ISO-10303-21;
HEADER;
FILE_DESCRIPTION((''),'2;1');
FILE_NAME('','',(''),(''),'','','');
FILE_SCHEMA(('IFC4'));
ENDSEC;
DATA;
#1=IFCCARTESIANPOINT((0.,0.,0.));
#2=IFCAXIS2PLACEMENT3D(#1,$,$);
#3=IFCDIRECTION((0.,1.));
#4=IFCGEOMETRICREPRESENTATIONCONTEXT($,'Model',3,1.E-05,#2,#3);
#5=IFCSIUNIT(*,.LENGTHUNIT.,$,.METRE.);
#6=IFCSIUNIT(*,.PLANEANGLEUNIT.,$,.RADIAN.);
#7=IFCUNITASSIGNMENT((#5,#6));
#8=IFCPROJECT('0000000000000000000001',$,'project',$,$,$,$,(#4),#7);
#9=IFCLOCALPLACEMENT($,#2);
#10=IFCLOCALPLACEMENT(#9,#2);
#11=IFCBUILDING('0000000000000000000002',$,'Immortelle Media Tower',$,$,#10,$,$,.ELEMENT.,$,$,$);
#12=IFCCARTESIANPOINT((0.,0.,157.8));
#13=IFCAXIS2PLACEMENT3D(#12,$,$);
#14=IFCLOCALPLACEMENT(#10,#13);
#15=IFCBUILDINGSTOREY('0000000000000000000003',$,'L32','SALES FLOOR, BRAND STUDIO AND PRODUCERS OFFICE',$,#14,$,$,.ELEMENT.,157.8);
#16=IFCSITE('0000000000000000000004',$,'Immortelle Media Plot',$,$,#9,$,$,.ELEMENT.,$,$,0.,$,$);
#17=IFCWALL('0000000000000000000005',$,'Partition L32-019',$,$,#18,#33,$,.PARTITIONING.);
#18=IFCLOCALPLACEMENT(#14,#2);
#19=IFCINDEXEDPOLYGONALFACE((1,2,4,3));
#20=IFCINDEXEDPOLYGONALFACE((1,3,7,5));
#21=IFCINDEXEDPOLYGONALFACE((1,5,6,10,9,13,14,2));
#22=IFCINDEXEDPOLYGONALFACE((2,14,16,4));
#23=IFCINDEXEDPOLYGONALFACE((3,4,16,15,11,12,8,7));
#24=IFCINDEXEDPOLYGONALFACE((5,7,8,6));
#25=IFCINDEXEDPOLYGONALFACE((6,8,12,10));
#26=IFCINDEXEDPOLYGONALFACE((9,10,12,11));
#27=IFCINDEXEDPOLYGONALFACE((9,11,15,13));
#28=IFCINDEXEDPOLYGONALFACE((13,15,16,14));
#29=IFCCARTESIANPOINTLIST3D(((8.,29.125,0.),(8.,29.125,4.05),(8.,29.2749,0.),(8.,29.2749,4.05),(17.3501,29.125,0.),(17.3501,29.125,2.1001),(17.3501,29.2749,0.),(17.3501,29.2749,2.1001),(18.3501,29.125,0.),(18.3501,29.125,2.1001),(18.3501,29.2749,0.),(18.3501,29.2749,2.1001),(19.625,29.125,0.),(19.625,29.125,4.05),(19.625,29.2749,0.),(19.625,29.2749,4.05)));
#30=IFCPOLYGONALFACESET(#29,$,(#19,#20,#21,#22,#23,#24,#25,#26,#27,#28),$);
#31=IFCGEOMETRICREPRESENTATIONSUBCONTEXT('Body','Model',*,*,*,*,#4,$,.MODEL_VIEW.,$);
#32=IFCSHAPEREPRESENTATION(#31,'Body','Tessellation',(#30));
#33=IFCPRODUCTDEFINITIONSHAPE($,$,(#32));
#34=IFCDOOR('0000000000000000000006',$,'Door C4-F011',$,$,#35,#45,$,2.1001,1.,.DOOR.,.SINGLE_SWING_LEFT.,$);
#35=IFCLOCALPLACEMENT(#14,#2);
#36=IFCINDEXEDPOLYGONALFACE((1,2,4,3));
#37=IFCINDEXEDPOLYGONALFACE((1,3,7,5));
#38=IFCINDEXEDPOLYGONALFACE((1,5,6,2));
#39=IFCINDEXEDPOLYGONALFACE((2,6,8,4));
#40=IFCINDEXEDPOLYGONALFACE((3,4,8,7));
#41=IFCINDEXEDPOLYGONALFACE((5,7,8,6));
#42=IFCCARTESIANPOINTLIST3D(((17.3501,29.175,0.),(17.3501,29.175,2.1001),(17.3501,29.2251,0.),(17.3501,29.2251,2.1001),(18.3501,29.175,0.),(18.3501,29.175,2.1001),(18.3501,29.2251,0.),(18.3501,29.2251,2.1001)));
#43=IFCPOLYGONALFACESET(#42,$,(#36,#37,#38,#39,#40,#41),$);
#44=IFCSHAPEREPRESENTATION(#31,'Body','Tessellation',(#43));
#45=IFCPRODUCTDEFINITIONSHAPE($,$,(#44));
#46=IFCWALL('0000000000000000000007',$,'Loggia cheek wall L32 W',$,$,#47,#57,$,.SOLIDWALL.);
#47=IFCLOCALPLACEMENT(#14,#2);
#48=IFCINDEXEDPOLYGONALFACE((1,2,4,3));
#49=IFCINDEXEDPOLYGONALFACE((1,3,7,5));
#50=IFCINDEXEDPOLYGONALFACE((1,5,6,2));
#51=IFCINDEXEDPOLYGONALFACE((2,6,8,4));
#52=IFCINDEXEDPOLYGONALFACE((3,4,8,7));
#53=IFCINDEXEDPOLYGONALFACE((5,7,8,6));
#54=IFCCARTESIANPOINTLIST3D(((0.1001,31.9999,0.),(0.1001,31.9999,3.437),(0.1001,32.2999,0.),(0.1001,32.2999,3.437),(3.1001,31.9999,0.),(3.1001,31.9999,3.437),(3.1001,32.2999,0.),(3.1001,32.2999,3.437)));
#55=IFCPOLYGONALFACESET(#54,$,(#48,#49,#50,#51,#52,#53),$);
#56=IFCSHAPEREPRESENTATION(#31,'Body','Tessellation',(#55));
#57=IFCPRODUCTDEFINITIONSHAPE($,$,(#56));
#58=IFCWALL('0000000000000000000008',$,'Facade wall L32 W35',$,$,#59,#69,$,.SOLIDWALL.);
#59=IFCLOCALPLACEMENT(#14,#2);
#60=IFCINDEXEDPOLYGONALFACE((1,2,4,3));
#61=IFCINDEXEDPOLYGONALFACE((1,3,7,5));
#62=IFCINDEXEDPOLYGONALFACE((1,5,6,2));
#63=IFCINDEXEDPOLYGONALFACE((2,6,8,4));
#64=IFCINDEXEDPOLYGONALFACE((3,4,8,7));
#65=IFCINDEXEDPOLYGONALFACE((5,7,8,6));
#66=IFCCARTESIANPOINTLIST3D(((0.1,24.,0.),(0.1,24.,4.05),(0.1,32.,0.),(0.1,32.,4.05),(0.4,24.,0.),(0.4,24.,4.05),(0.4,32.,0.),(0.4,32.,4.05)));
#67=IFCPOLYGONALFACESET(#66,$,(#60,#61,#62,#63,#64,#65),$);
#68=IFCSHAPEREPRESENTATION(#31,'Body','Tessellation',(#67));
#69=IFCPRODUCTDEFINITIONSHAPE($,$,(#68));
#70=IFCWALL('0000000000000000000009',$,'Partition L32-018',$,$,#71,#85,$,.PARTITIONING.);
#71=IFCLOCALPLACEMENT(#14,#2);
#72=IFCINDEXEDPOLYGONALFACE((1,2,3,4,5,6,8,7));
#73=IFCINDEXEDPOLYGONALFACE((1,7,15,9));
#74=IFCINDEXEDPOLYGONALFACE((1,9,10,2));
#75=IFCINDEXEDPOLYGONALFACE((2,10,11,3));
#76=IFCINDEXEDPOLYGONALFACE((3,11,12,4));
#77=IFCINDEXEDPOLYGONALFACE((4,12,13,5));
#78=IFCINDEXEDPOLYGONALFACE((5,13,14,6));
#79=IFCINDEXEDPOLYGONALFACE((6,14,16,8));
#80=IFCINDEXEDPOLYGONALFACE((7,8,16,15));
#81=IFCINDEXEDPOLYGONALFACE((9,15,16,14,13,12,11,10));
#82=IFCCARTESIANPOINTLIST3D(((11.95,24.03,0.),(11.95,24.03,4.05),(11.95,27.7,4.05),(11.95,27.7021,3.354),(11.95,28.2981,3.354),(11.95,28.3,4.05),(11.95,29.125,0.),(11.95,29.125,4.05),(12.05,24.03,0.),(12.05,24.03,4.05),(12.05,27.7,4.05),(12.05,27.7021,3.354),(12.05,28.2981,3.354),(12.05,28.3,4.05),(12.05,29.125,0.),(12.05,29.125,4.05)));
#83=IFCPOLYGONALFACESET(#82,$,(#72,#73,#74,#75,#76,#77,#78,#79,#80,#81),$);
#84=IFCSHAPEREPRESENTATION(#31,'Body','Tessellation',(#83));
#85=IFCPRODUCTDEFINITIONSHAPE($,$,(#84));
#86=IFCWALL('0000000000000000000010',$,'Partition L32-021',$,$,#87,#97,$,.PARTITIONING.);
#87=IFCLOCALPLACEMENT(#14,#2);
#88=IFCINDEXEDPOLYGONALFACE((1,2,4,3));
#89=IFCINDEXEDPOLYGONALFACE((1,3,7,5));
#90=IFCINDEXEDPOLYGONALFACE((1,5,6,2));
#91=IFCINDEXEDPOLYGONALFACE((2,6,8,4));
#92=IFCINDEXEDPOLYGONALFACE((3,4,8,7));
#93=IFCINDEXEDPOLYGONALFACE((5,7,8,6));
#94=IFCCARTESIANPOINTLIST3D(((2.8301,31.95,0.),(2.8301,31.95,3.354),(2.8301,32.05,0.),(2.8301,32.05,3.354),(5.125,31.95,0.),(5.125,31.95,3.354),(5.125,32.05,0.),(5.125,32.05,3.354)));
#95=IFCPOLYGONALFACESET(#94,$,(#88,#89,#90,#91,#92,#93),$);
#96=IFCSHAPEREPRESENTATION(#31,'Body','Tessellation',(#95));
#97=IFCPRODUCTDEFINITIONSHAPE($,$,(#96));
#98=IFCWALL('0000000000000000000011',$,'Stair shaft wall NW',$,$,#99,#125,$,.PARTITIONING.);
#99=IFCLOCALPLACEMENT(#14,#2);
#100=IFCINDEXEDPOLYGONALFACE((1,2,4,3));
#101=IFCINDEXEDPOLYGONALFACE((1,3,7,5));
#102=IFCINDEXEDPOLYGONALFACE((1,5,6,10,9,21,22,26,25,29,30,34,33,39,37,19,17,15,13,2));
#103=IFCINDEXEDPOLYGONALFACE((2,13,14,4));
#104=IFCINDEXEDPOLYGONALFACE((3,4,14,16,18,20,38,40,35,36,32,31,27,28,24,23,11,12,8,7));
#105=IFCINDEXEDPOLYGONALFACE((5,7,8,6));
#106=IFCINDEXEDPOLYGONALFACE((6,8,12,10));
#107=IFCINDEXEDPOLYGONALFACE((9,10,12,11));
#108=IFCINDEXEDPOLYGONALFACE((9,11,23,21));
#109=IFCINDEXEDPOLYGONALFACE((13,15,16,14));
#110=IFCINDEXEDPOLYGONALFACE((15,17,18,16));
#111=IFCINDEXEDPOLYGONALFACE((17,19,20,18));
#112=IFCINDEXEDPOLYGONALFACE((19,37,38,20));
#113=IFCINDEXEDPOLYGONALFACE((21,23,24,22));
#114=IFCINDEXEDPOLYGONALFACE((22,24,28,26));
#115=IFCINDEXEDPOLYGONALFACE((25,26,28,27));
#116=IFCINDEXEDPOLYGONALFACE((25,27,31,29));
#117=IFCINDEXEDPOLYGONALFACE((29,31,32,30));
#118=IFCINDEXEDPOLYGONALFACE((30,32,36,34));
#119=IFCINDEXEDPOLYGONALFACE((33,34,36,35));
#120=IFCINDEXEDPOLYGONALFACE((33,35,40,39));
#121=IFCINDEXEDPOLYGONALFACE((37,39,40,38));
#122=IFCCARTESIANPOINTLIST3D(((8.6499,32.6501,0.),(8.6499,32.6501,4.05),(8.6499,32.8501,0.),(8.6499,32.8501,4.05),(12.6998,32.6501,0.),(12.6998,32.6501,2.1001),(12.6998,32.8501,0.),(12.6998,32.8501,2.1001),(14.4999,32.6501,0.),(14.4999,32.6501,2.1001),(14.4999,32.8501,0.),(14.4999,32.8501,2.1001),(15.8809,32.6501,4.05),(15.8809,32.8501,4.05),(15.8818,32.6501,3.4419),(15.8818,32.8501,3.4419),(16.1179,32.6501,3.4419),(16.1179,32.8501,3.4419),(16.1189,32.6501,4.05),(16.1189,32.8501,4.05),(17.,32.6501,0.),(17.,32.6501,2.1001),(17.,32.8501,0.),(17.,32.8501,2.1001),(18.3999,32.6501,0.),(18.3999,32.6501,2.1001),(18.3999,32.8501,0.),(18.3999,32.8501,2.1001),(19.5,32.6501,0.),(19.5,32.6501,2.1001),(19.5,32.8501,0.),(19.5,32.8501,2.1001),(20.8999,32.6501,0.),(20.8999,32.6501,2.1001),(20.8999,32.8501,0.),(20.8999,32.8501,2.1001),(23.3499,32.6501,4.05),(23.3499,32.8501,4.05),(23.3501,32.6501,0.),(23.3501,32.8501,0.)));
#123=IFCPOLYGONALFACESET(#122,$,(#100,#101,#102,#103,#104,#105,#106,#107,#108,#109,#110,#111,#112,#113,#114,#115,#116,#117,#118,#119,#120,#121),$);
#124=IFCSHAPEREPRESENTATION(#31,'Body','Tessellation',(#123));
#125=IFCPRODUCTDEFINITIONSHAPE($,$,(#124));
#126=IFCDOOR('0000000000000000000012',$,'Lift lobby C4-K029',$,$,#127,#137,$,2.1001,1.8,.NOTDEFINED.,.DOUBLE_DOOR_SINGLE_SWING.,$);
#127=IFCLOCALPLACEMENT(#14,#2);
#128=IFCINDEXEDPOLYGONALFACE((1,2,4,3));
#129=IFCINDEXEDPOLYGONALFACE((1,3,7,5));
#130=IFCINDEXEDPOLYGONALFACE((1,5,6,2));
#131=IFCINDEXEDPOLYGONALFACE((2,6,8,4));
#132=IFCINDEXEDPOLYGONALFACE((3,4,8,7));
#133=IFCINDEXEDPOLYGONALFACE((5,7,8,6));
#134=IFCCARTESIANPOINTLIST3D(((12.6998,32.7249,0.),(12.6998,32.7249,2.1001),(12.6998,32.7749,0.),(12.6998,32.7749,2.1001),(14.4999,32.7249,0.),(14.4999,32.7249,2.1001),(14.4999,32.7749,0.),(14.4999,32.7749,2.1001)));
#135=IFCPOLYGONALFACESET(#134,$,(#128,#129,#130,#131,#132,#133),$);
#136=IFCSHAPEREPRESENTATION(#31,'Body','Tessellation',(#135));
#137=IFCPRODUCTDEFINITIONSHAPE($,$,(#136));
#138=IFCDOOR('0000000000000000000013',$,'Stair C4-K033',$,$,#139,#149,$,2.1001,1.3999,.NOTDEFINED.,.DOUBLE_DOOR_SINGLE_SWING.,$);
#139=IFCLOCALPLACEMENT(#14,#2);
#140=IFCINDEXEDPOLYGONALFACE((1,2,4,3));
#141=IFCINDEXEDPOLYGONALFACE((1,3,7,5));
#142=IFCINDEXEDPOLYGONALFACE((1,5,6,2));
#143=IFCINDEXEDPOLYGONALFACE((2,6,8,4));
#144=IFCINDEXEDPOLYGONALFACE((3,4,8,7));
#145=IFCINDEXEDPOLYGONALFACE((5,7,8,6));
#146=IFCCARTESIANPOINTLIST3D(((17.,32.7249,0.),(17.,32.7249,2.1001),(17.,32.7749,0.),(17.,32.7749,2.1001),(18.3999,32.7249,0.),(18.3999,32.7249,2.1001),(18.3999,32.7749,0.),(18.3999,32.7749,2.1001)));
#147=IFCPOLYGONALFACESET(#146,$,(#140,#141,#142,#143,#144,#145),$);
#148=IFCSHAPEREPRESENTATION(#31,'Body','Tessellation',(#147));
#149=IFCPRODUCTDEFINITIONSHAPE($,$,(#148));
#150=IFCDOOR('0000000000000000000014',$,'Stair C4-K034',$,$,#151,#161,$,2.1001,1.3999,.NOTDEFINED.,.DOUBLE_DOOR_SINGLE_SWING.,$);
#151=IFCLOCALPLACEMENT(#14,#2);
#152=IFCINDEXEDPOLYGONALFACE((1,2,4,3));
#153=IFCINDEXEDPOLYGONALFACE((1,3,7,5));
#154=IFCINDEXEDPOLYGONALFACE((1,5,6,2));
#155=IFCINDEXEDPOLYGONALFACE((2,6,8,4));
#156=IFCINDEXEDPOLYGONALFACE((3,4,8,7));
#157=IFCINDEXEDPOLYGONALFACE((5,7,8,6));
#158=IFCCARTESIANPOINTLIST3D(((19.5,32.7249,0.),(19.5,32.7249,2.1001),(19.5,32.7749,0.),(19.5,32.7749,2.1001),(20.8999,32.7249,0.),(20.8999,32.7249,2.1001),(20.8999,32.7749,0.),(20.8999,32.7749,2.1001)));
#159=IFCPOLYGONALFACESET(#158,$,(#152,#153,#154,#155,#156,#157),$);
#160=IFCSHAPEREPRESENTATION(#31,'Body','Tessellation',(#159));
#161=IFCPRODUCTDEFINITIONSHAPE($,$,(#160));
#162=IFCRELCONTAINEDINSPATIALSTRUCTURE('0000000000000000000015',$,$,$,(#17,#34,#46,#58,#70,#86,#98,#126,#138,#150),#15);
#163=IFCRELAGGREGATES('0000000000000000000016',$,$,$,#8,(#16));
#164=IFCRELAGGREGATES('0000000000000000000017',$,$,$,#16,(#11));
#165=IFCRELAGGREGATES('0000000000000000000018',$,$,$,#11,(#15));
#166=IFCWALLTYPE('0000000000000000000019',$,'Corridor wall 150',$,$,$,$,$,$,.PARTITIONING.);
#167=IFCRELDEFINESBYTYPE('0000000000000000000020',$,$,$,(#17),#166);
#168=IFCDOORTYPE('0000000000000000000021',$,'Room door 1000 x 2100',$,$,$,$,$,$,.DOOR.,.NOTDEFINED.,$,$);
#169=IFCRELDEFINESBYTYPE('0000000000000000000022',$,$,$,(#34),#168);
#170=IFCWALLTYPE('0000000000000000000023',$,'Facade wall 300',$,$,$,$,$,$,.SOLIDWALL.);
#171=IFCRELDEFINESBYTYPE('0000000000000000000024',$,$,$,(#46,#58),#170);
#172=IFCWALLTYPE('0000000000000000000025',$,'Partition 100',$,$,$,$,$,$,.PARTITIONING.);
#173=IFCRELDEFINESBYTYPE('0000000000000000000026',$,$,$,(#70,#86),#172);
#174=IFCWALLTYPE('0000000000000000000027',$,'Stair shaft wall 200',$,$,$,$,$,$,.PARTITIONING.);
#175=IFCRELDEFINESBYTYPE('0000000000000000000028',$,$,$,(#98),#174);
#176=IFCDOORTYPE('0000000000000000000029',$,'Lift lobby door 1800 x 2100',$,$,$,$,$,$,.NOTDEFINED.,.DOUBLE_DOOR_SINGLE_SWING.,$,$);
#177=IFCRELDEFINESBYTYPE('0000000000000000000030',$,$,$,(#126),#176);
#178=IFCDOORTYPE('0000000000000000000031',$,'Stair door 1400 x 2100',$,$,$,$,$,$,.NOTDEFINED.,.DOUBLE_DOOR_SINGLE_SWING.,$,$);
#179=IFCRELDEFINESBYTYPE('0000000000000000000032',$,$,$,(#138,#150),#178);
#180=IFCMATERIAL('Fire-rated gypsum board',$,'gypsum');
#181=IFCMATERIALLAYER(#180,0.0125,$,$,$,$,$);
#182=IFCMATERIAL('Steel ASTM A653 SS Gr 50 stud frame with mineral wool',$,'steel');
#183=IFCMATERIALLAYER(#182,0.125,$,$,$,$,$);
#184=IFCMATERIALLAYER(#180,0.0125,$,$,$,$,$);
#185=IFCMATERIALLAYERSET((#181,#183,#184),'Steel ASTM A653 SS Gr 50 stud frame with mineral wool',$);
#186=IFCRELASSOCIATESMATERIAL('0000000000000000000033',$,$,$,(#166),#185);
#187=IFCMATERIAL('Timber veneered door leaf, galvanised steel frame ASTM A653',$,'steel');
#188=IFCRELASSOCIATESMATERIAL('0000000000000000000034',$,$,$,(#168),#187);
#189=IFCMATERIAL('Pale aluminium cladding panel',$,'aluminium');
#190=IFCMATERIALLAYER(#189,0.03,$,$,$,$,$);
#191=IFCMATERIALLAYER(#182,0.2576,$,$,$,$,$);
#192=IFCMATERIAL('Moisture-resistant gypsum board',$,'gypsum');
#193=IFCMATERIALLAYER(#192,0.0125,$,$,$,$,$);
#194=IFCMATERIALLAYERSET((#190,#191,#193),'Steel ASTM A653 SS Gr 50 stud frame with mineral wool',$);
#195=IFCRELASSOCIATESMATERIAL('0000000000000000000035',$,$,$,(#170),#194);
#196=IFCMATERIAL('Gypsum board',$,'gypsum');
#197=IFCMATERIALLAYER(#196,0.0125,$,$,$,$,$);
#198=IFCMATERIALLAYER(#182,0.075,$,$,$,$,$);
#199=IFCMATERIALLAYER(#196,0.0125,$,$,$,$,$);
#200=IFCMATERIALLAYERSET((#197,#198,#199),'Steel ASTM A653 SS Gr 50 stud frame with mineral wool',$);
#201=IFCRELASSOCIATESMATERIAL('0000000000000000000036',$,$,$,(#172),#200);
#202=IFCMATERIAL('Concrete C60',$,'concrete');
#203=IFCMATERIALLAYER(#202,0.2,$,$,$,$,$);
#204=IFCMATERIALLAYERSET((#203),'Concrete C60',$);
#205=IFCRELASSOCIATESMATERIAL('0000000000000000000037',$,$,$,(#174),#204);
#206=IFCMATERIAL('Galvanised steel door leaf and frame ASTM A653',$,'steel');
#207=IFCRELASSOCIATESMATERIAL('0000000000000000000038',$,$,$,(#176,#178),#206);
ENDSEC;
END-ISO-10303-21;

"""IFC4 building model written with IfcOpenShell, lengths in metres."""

from ifc_helpers import new_model, si_unit, direction, frame, frame_2d, origin, place, context, subcontext, project, spatial, polyline, rectangle, outline, extrude, material, layer, layer_set, type_object, element, fill, save


model = new_model("IFC4")

# Units and contexts
model_context = context("Model", 3, precision=1e-05, world=origin(), true_north=direction((0.0, 1.0)))
body_context = subcontext(model_context, "Body", "Model", "MODEL_VIEW")
ifc_project = project(units=[si_unit("LENGTHUNIT", "METRE"), si_unit("PLANEANGLEUNIT", "RADIAN")], contexts=[model_context])

# Site, building, storey
site_placement = place(None, origin())
site = spatial("IfcSite", under=ifc_project, at=site_placement, Name="Immortelle Media Plot", CompositionType="ELEMENT", RefElevation=0.0)
building_placement = place(site_placement, origin())
building = spatial("IfcBuilding", under=site, at=building_placement, Name="Immortelle Media Tower", CompositionType="ELEMENT")
storey_placement = place(building_placement, frame((0.0, 0.0, 157.8)))
storey = spatial("IfcBuildingStorey", under=building, at=storey_placement, Name="L32", Description="SALES FLOOR, BRAND STUDIO AND PRODUCERS OFFICE", CompositionType="ELEMENT", Elevation=157.8)

# Wall, opening, door
ifc_material_1 = material(Name="Fire-rated gypsum board", Category="gypsum")
ifc_layer_1 = layer(ifc_material_1, 0.0125)
ifc_material_2 = material(Name="Steel ASTM A653 SS Gr 50 stud frame with mineral wool", Category="steel")
ifc_layer_2 = layer(ifc_material_2, 0.125)
ifc_layer_3 = layer(ifc_material_1, 0.0125)
ifc_layer_set_1 = layer_set([ifc_layer_1, ifc_layer_2, ifc_layer_3], Name="Steel ASTM A653 SS Gr 50 stud frame with mineral wool")
wall_type_1 = type_object("IfcWallType", Name="Corridor wall 150", PredefinedType="PARTITIONING", material=ifc_layer_set_1)
ifc_material_3 = material(Name="Timber veneered door leaf, galvanised steel frame ASTM A653", Category="steel")
door_type_1 = type_object("IfcDoorType", Name="Room door 1000 x 2100", OperationType="NOTDEFINED", PredefinedType="DOOR", material=ifc_material_3)
wall_1_placement = place(storey_placement, frame((8.0, 29.2, 0.0), z_axis=(0.0, 0.0, 1.0), x_axis=(1.0, 0.0, 0.0)))
wall_1 = element("IfcWall", 1, at=wall_1_placement, inside=storey, type_object=wall_type_1, Name="Partition L32-019", PredefinedType="PARTITIONING", context=body_context, shape_type="SweptSolid", body=[
    extrude(rectangle(XDim=11.625, YDim=0.1499, at=frame_2d((5.8125, 0.0))), origin(), (0.0, 0.0, 1.0), 4.05),
])
opening_1_placement = place(wall_1_placement, frame((10.3501, 0.0, 0.0), z_axis=(0.0, 0.0, 1.0), x_axis=(-1.0, 0.0, 0.0)))
opening_1 = element("IfcOpeningElement", 2, at=opening_1_placement, cuts=wall_1, PredefinedType="OPENING", context=body_context, shape_type="SweptSolid", body=[
    extrude(rectangle(XDim=1.0, YDim=2.1001, at=frame_2d((0.5, 1.05))), frame((0.0, 0.085, 0.0), z_axis=(0.0, -1.0, 0.0), x_axis=(1.0, 0.0, 0.0)), (0.0, 0.0, 1.0), 0.1699),
])
door_1_placement = place(opening_1_placement, origin())
door_1 = element("IfcDoor", 3, at=door_1_placement, inside=storey, type_object=door_type_1, Name="Door C4-F011", OperationType="SINGLE_SWING_LEFT", OverallHeight=2.1001, OverallWidth=1.0, PredefinedType="DOOR", context=body_context, shape_type="SweptSolid", body=[
    extrude(rectangle(XDim=1.0, YDim=2.1001, at=frame_2d((0.5, 1.05))), frame((0.0, 0.0249, 0.0), z_axis=(0.0, -1.0, 0.0), x_axis=(1.0, 0.0, 0.0)), (0.0, 0.0, 1.0), 0.05),
])
fill(opening_1, door_1)

# Walls
ifc_material_4 = material(Name="Pale aluminium cladding panel", Category="aluminium")
ifc_layer_4 = layer(ifc_material_4, 0.03)
ifc_layer_5 = layer(ifc_material_2, 0.2576)
ifc_material_5 = material(Name="Moisture-resistant gypsum board", Category="gypsum")
ifc_layer_6 = layer(ifc_material_5, 0.0125)
ifc_layer_set_2 = layer_set([ifc_layer_4, ifc_layer_5, ifc_layer_6], Name="Steel ASTM A653 SS Gr 50 stud frame with mineral wool")
wall_type_2 = type_object("IfcWallType", Name="Facade wall 300", PredefinedType="SOLIDWALL", material=ifc_layer_set_2)
wall_2_placement = place(storey_placement, frame((0.1001, 32.1499, 0.0), z_axis=(0.0, 0.0, 1.0), x_axis=(1.0, 0.0, 0.0)))
element("IfcWall", 4, at=wall_2_placement, inside=storey, type_object=wall_type_2, Name="Loggia cheek wall L32 W", PredefinedType="SOLIDWALL", context=body_context, shape_type="SweptSolid", body=[
    extrude(rectangle(XDim=3.0, YDim=0.3, at=frame_2d((1.5, 0.0))), origin(), (0.0, 0.0, 1.0), 3.437),
])
wall_3_placement = place(storey_placement, frame((0.25, 32.0, 0.0), z_axis=(0.0, 0.0, 1.0), x_axis=(0.0, -1.0, 0.0)))
element("IfcWall", 5, at=wall_3_placement, inside=storey, type_object=wall_type_2, Name="Facade wall L32 W35", PredefinedType="SOLIDWALL", context=body_context, shape_type="SweptSolid", body=[
    extrude(rectangle(XDim=8.0, YDim=0.3, at=frame_2d((4.0, 0.0))), origin(), (0.0, 0.0, 1.0), 4.05),
])
ifc_material_6 = material(Name="Gypsum board", Category="gypsum")
ifc_layer_7 = layer(ifc_material_6, 0.0125)
ifc_layer_8 = layer(ifc_material_2, 0.075)
ifc_layer_9 = layer(ifc_material_6, 0.0125)
ifc_layer_set_3 = layer_set([ifc_layer_7, ifc_layer_8, ifc_layer_9], Name="Steel ASTM A653 SS Gr 50 stud frame with mineral wool")
wall_type_3 = type_object("IfcWallType", Name="Partition 100", PredefinedType="PARTITIONING", material=ifc_layer_set_3)
wall_4_placement = place(storey_placement, frame((12.0, 24.03, 0.0), z_axis=(0.0, 0.0, 1.0), x_axis=(0.0, 1.0, 0.0)))
element("IfcWall", 6, at=wall_4_placement, inside=storey, type_object=wall_type_3, Name="Partition L32-018", PredefinedType="PARTITIONING", context=body_context, shape_type="SweptSolid", body=[
    extrude(outline(polyline([(0.0, 0.0), (5.095, 0.0), (5.095, 4.05), (4.27, 4.05), (4.2681, 3.354), (3.6721, 3.354), (3.6699, 4.05), (0.0, 4.05), (0.0, 0.0)])), frame((0.0, 0.05, 0.0), z_axis=(0.0, -1.0, 0.0), x_axis=(1.0, 0.0, 0.0)), (0.0, 0.0, 1.0), 0.1001),
])
wall_5_placement = place(storey_placement, frame((2.8301, 32.0, 0.0), z_axis=(0.0, 0.0, 1.0), x_axis=(1.0, 0.0, 0.0)))
element("IfcWall", 7, at=wall_5_placement, inside=storey, type_object=wall_type_3, Name="Partition L32-021", PredefinedType="PARTITIONING", context=body_context, shape_type="SweptSolid", body=[
    extrude(rectangle(XDim=2.2949, YDim=0.1001, at=frame_2d((1.1475, 0.0))), origin(), (0.0, 0.0, 1.0), 3.354),
])

# Wall, openings, doors
ifc_material_7 = material(Name="Concrete C60", Category="concrete")
ifc_layer_10 = layer(ifc_material_7, 0.2)
ifc_layer_set_4 = layer_set([ifc_layer_10], Name="Concrete C60")
wall_type_4 = type_object("IfcWallType", Name="Stair shaft wall 200", PredefinedType="PARTITIONING", material=ifc_layer_set_4)
wall_6_placement = place(storey_placement, frame((8.6499, 32.75, 0.0), z_axis=(0.0, 0.0, 1.0), x_axis=(1.0, 0.0, 0.0)))
wall_6 = element("IfcWall", 8, at=wall_6_placement, inside=storey, type_object=wall_type_4, Name="Stair shaft wall NW", PredefinedType="PARTITIONING", context=body_context, shape_type="SweptSolid", body=[
    extrude(outline(polyline([(0.0, 0.0), (14.7002, 0.0), (14.7, 4.05), (7.469, 4.05), (7.468, 3.4419), (7.2319, 3.4419), (7.231, 4.05), (0.0, 4.05), (0.0, 0.0)])), frame((0.0, 0.1001, 0.0), z_axis=(0.0, -1.0, 0.0), x_axis=(1.0, 0.0, 0.0)), (0.0, 0.0, 1.0), 0.2),
])
opening_2_placement = place(wall_6_placement, frame((4.05, 0.0, 0.0)))
opening_2 = element("IfcOpeningElement", 9, at=opening_2_placement, cuts=wall_6, PredefinedType="OPENING", context=body_context, shape_type="SweptSolid", body=[
    extrude(rectangle(XDim=1.8, YDim=2.1001, at=frame_2d((0.8999, 1.05))), frame((0.0, 0.1099, 0.0), z_axis=(0.0, -1.0, 0.0), x_axis=(1.0, 0.0, 0.0)), (0.0, 0.0, 1.0), 0.22),
])
opening_3_placement = place(wall_6_placement, frame((8.3501, 0.0, 0.0)))
opening_3 = element("IfcOpeningElement", 10, at=opening_3_placement, cuts=wall_6, PredefinedType="OPENING", context=body_context, shape_type="SweptSolid", body=[
    extrude(rectangle(XDim=1.3999, YDim=2.1001, at=frame_2d((0.7, 1.05))), frame((0.0, 0.1099, 0.0), z_axis=(0.0, -1.0, 0.0), x_axis=(1.0, 0.0, 0.0)), (0.0, 0.0, 1.0), 0.22),
])
opening_4_placement = place(wall_6_placement, frame((10.8501, 0.0, 0.0)))
opening_4 = element("IfcOpeningElement", 11, at=opening_4_placement, cuts=wall_6, PredefinedType="OPENING", context=body_context, shape_type="SweptSolid", body=[
    extrude(rectangle(XDim=1.3999, YDim=2.1001, at=frame_2d((0.7, 1.05))), frame((0.0, 0.1099, 0.0), z_axis=(0.0, -1.0, 0.0), x_axis=(1.0, 0.0, 0.0)), (0.0, 0.0, 1.0), 0.22),
])
ifc_material_8 = material(Name="Galvanised steel door leaf and frame ASTM A653", Category="steel")
door_type_2 = type_object("IfcDoorType", Name="Lift lobby door 1800 x 2100", OperationType="DOUBLE_DOOR_SINGLE_SWING", PredefinedType="NOTDEFINED", material=ifc_material_8)
door_2_placement = place(opening_2_placement, origin())
door_2 = element("IfcDoor", 12, at=door_2_placement, inside=storey, type_object=door_type_2, Name="Lift lobby C4-K029", OperationType="DOUBLE_DOOR_SINGLE_SWING", OverallHeight=2.1001, OverallWidth=1.8, PredefinedType="NOTDEFINED", context=body_context, shape_type="SweptSolid", body=[
    extrude(rectangle(XDim=1.8, YDim=2.1001, at=frame_2d((0.8999, 1.05))), frame((0.0, 0.0249, 0.0), z_axis=(0.0, -1.0, 0.0), x_axis=(1.0, 0.0, 0.0)), (0.0, 0.0, 1.0), 0.05),
])
fill(opening_2, door_2)
door_type_3 = type_object("IfcDoorType", Name="Stair door 1400 x 2100", OperationType="DOUBLE_DOOR_SINGLE_SWING", PredefinedType="NOTDEFINED", material=ifc_material_8)
door_3_placement = place(opening_3_placement, origin())
door_3 = element("IfcDoor", 13, at=door_3_placement, inside=storey, type_object=door_type_3, Name="Stair C4-K033", OperationType="DOUBLE_DOOR_SINGLE_SWING", OverallHeight=2.1001, OverallWidth=1.3999, PredefinedType="NOTDEFINED", context=body_context, shape_type="SweptSolid", body=[
    extrude(rectangle(XDim=1.3999, YDim=2.1001, at=frame_2d((0.7, 1.05))), frame((0.0, 0.0249, 0.0), z_axis=(0.0, -1.0, 0.0), x_axis=(1.0, 0.0, 0.0)), (0.0, 0.0, 1.0), 0.05),
])
fill(opening_3, door_3)
door_4_placement = place(opening_4_placement, origin())
door_4 = element("IfcDoor", 14, at=door_4_placement, inside=storey, type_object=door_type_3, Name="Stair C4-K034", OperationType="DOUBLE_DOOR_SINGLE_SWING", OverallHeight=2.1001, OverallWidth=1.3999, PredefinedType="NOTDEFINED", context=body_context, shape_type="SweptSolid", body=[
    extrude(rectangle(XDim=1.3999, YDim=2.1001, at=frame_2d((0.7, 1.05))), frame((0.0, 0.0249, 0.0), z_axis=(0.0, -1.0, 0.0), x_axis=(1.0, 0.0, 0.0)), (0.0, 0.0, 1.0), 0.05),
])
fill(opening_4, door_4)

save(model, "model.ifc")
